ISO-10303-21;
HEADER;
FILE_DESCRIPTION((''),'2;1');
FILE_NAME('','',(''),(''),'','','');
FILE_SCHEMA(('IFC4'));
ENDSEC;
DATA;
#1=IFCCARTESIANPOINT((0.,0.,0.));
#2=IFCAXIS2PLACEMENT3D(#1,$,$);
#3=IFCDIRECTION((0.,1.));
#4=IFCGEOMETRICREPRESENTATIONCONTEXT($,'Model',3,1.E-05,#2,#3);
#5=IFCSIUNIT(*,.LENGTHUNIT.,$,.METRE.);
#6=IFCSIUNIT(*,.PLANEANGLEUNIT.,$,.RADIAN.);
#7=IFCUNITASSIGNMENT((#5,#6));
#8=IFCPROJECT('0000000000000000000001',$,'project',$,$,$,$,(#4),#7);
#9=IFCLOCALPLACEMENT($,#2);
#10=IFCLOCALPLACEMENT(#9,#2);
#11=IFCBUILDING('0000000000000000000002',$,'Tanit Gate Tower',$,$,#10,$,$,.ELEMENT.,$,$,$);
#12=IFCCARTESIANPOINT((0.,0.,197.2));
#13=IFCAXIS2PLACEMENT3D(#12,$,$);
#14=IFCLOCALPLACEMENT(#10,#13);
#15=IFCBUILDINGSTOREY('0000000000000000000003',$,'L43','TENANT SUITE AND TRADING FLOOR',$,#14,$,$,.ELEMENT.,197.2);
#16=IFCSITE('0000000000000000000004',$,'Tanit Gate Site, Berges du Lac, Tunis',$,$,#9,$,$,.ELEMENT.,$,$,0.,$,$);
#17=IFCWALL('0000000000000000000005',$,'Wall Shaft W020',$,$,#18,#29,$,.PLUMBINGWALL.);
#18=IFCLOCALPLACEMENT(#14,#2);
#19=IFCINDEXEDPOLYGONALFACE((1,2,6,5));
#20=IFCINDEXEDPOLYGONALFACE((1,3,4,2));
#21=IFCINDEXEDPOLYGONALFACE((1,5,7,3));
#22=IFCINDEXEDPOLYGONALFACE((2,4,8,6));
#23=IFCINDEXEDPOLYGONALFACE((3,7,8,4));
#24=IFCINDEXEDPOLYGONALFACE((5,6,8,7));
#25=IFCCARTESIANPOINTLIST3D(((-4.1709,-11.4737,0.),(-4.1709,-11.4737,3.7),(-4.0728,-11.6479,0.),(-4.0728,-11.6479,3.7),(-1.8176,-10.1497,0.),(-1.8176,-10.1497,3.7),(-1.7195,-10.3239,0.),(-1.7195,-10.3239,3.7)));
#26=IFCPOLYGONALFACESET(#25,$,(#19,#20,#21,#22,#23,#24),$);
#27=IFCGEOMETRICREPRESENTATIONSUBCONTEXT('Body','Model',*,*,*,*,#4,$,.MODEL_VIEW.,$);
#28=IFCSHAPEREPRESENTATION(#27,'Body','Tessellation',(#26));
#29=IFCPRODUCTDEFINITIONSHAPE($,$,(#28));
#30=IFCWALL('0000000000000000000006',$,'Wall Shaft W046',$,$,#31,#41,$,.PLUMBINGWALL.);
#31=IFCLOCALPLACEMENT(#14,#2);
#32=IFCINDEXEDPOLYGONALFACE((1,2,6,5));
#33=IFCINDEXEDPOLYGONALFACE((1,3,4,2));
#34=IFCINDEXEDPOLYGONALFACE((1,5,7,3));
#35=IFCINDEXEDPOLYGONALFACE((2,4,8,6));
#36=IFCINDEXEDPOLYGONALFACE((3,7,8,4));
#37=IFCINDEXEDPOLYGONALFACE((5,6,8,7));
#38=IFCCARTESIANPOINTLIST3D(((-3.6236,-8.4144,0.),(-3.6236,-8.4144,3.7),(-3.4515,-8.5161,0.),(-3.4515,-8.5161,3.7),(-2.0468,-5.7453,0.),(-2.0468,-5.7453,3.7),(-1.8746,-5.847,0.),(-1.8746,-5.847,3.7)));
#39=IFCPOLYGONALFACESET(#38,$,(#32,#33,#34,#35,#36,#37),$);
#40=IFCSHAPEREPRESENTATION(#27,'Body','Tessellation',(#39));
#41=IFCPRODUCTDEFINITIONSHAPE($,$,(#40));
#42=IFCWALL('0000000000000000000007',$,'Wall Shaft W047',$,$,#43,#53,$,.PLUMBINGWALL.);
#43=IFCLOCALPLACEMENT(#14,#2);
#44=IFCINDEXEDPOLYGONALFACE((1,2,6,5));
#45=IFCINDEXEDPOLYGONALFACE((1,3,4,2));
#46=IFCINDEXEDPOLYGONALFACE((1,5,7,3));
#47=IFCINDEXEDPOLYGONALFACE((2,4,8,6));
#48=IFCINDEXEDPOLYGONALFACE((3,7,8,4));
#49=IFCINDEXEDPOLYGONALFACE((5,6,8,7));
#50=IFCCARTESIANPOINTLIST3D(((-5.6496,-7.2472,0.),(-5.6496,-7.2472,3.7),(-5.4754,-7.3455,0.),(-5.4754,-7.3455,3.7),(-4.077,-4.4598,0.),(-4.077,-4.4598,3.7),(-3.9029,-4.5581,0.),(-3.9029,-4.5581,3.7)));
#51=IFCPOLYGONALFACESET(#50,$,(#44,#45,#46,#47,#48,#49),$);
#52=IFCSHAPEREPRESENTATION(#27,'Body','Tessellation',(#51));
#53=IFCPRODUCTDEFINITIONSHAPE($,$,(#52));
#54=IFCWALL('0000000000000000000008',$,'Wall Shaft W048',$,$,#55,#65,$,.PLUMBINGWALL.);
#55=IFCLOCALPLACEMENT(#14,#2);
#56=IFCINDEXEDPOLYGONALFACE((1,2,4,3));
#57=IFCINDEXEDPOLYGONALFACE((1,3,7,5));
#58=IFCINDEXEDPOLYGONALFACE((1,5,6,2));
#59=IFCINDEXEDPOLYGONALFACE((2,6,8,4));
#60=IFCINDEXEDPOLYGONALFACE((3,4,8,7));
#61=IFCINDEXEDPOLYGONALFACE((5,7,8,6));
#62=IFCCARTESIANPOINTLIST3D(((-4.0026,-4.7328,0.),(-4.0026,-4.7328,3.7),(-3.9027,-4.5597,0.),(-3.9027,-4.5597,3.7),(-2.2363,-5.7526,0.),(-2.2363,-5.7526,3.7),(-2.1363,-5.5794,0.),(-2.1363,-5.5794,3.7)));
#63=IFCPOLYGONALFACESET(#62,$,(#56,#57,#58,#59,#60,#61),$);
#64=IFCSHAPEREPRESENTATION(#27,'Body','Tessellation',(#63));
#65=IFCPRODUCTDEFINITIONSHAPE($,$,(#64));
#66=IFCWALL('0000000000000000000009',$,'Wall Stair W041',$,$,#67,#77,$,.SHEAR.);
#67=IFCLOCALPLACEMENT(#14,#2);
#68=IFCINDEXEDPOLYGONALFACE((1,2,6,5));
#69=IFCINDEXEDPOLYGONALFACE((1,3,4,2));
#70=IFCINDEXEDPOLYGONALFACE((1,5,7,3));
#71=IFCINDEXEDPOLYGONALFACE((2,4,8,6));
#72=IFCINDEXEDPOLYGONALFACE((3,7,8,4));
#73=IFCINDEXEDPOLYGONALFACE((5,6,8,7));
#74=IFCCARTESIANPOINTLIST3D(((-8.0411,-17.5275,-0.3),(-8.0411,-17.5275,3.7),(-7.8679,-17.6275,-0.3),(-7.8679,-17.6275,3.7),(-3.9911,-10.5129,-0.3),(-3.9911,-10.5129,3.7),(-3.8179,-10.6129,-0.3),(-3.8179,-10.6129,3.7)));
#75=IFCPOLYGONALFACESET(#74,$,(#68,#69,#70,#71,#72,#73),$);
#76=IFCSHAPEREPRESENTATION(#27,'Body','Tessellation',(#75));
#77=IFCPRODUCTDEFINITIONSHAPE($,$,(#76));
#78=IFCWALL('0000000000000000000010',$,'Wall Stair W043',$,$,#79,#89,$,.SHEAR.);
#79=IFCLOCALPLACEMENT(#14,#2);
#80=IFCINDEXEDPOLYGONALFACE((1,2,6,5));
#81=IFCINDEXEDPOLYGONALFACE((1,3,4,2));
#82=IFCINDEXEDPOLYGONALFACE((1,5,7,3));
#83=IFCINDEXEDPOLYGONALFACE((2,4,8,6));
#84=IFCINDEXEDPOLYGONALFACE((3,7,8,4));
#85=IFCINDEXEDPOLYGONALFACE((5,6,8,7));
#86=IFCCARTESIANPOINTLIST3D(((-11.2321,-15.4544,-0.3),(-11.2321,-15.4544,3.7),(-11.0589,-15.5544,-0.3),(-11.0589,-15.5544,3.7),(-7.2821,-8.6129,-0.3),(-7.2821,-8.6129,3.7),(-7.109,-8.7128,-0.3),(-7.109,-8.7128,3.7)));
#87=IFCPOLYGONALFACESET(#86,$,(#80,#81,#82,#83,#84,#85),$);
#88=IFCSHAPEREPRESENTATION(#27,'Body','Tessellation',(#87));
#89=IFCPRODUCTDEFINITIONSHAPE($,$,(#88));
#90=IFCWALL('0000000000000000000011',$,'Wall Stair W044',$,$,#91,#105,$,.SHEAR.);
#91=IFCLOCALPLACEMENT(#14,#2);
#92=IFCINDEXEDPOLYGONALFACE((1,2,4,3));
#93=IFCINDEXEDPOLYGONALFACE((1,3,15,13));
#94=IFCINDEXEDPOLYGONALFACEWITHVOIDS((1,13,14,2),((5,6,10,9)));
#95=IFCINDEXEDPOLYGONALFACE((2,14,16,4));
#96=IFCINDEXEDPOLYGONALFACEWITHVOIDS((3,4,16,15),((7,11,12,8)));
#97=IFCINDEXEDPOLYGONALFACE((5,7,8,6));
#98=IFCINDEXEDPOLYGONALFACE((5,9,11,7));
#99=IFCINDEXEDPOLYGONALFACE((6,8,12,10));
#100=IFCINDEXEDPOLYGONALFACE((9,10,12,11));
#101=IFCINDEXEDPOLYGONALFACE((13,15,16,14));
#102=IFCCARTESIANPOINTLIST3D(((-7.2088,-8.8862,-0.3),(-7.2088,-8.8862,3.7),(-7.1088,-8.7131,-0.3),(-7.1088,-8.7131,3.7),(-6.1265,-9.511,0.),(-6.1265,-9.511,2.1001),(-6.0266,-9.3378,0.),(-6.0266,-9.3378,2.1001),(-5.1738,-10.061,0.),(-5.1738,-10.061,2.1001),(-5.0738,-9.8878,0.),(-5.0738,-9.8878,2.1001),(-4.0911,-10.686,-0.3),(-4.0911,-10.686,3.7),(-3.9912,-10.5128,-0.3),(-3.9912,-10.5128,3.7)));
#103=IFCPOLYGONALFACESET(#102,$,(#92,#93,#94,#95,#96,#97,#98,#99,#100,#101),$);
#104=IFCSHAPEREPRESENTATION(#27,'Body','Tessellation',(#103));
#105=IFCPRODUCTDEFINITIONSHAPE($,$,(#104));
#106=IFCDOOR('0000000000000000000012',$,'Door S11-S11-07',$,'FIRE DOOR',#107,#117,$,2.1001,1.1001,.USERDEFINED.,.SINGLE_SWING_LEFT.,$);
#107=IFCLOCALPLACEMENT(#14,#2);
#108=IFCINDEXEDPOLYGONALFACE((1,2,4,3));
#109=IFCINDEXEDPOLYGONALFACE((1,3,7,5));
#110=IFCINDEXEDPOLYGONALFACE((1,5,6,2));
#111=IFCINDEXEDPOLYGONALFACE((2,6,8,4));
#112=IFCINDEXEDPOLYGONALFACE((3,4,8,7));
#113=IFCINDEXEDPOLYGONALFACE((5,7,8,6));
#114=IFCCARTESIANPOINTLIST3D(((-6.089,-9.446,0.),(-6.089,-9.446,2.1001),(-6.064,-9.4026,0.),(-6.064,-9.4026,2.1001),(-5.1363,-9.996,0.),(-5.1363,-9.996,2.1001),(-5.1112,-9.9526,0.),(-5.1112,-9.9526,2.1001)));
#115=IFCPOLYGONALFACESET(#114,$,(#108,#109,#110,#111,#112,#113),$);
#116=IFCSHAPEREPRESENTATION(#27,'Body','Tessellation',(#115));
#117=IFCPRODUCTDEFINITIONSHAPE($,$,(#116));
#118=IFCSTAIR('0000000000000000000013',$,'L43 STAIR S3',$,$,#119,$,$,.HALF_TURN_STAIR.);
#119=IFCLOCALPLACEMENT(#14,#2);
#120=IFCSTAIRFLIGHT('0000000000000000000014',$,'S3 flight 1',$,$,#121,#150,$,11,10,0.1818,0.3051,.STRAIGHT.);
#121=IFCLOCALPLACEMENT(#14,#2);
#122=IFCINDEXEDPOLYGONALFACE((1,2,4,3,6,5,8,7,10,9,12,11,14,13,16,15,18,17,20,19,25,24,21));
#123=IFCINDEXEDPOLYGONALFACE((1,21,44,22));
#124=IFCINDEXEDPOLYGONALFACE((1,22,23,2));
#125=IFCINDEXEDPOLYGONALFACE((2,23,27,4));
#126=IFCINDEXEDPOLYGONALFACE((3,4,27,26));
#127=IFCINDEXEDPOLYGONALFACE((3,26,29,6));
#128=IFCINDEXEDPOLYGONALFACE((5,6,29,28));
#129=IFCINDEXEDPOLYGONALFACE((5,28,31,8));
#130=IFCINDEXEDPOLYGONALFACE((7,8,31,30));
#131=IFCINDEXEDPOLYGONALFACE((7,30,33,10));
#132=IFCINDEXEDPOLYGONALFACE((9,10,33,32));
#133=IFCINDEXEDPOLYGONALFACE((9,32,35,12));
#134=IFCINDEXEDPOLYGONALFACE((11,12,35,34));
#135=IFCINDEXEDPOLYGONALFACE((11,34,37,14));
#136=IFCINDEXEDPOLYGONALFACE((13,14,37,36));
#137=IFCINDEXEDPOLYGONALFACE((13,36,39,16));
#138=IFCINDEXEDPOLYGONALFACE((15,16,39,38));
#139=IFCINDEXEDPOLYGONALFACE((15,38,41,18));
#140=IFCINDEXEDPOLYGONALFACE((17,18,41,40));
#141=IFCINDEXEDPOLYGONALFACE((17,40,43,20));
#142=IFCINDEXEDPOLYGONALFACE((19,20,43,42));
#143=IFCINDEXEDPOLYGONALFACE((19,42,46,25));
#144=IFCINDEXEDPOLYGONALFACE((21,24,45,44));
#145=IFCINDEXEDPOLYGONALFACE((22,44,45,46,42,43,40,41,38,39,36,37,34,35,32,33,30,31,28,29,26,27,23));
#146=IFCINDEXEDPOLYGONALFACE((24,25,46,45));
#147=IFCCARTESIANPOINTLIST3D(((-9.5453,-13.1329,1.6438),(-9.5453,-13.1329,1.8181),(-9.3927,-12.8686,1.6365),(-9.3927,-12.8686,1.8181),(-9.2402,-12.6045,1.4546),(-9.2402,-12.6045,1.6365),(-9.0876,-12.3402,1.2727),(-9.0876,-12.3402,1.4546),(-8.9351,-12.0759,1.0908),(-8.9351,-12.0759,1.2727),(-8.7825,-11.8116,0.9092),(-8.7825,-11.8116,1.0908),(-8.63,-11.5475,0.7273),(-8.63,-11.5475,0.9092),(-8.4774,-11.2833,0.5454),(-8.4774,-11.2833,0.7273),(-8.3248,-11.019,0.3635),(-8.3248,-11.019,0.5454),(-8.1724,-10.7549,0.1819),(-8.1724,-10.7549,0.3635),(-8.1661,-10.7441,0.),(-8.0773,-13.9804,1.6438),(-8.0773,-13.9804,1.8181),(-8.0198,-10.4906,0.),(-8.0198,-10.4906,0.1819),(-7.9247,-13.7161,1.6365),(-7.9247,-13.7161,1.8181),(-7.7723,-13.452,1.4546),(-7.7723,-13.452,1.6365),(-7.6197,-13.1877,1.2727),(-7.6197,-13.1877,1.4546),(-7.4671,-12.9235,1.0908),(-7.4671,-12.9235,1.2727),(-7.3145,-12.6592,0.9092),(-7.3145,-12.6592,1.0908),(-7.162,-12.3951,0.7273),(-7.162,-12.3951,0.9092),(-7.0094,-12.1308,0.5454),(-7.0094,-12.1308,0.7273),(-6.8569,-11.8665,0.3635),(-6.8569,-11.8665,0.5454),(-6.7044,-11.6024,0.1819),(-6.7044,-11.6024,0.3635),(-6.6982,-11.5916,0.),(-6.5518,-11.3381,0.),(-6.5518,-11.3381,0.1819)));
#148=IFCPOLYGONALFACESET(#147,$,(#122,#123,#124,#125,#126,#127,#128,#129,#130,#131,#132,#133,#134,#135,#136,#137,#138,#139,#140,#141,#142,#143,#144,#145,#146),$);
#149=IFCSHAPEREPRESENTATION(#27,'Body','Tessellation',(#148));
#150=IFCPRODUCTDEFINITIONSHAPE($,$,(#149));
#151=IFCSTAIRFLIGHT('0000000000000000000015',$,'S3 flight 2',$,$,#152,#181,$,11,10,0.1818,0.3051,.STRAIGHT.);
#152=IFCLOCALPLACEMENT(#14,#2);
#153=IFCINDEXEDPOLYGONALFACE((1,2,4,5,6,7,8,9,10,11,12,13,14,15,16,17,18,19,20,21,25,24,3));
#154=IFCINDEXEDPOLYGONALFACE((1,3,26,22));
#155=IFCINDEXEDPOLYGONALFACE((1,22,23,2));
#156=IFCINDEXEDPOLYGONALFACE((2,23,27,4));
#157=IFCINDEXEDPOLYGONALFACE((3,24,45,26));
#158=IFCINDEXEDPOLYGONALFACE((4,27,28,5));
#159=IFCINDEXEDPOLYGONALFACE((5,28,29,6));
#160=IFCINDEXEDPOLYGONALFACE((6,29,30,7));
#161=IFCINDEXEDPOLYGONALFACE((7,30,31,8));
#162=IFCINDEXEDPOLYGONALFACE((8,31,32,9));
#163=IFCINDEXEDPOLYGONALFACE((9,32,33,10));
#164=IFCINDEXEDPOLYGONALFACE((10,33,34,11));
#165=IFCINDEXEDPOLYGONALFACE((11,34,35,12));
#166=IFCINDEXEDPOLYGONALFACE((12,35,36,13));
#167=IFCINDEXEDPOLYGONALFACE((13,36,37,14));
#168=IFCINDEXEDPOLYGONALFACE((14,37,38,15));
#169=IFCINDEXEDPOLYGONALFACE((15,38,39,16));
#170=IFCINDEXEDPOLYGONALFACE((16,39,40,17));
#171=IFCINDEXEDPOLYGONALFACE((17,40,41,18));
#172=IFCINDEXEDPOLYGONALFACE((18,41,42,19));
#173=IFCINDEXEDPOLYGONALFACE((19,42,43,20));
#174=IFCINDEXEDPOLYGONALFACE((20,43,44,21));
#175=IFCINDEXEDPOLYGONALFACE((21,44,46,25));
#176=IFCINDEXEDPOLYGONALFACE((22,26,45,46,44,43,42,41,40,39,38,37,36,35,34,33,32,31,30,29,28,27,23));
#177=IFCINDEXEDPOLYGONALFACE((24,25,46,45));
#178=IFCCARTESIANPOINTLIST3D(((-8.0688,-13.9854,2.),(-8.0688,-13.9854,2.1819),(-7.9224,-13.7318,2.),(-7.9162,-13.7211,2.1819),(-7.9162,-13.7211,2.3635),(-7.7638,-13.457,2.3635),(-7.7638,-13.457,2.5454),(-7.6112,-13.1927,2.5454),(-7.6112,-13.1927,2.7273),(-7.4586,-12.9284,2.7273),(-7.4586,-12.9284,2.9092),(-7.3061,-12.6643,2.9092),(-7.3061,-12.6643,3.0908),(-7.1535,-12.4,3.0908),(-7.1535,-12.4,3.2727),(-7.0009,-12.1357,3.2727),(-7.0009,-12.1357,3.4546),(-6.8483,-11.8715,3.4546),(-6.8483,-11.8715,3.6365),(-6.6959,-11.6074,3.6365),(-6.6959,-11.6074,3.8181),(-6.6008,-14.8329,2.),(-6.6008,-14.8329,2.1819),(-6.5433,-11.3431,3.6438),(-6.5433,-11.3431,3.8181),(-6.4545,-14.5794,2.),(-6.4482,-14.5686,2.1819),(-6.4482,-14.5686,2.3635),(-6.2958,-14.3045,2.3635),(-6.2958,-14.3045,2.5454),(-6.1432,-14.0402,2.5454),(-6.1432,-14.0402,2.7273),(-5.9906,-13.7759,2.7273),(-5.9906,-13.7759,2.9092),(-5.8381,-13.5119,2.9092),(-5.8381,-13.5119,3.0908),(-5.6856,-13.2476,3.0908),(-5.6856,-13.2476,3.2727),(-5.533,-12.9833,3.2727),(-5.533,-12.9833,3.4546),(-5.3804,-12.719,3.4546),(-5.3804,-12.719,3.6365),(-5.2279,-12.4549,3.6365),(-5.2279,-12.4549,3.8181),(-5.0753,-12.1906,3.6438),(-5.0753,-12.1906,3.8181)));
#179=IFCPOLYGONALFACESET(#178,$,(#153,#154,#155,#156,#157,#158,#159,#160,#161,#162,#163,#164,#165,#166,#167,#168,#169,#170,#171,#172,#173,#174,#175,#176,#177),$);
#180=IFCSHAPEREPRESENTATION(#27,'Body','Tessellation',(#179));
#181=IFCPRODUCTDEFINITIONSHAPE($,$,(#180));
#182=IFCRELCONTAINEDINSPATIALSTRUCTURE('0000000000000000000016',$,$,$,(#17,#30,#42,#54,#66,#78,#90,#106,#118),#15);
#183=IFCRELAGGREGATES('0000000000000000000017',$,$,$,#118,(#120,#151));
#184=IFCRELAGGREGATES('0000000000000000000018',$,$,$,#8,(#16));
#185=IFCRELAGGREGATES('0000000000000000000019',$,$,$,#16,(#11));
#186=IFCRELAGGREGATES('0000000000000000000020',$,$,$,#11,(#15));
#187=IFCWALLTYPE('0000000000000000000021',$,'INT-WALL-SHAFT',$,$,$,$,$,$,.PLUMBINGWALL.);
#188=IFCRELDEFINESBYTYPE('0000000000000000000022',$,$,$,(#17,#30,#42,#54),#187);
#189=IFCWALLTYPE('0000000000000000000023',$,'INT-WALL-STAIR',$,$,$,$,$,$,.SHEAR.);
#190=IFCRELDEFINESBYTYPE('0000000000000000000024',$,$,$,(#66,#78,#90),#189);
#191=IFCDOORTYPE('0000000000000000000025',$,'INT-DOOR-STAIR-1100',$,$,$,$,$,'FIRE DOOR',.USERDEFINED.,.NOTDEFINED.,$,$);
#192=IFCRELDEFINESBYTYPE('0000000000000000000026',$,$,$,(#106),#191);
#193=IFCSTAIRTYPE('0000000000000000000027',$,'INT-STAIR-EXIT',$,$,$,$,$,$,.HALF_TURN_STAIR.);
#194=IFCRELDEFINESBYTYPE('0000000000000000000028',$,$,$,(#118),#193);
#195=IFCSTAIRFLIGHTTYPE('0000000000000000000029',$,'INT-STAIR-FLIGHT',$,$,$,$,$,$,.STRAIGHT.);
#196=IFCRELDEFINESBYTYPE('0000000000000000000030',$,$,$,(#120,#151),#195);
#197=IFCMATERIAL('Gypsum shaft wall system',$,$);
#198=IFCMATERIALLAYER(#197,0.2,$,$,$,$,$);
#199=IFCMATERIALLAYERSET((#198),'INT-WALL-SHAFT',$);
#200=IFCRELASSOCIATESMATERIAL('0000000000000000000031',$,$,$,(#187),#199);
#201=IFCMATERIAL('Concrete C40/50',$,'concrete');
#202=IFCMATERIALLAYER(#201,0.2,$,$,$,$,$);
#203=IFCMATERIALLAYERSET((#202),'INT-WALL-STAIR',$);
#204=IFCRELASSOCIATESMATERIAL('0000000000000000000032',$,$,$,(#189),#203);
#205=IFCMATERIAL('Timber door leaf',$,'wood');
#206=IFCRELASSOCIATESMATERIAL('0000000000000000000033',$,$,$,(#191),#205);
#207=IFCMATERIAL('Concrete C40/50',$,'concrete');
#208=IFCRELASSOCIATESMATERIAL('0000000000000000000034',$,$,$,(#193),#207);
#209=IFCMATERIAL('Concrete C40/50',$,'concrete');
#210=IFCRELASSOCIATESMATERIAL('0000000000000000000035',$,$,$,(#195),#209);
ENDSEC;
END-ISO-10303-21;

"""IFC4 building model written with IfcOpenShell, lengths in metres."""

from ifc_helpers import new_model, si_unit, direction, frame, frame_2d, origin, place, context, subcontext, project, spatial, polyline, rectangle, outline, extrude, material, layer, layer_set, type_object, element, fill, aggregate, save


model = new_model("IFC4")

# Units and contexts
model_context = context("Model", 3, precision=1e-05, world=origin(), true_north=direction((0.0, 1.0)))
body_context = subcontext(model_context, "Body", "Model", "MODEL_VIEW")
ifc_project = project(units=[si_unit("LENGTHUNIT", "METRE"), si_unit("PLANEANGLEUNIT", "RADIAN")], contexts=[model_context])

# Site, building, storey
site_placement = place(None, origin())
site = spatial("IfcSite", under=ifc_project, at=site_placement, Name="Tanit Gate Site, Berges du Lac, Tunis", CompositionType="ELEMENT", RefElevation=0.0)
building_placement = place(site_placement, origin())
building = spatial("IfcBuilding", under=site, at=building_placement, Name="Tanit Gate Tower", CompositionType="ELEMENT")
storey_placement = place(building_placement, frame((0.0, 0.0, 197.2)))
storey = spatial("IfcBuildingStorey", under=building, at=storey_placement, Name="L43", Description="TENANT SUITE AND TRADING FLOOR", CompositionType="ELEMENT", Elevation=197.2)

# Wall
ifc_material_1 = material(Name="Gypsum shaft wall system")
ifc_layer_1 = layer(ifc_material_1, 0.2)
ifc_layer_set_1 = layer_set([ifc_layer_1], Name="INT-WALL-SHAFT")
wall_type_1 = type_object("IfcWallType", Name="INT-WALL-SHAFT", PredefinedType="PLUMBINGWALL", material=ifc_layer_set_1)
wall_1_placement = place(storey_placement, frame((-1.7686, -10.2368, 0.0), z_axis=(0.0, 0.0, 1.0), x_axis=(-0.871534, -0.490334, 0.0)))
element("IfcWall", 1, at=wall_1_placement, inside=storey, type_object=wall_type_1, Name="Wall Shaft W020", PredefinedType="PLUMBINGWALL", context=body_context, shape_type="SweptSolid", body=[
    extrude(rectangle(XDim=2.7002, YDim=0.2, at=frame_2d((1.3501, 0.0))), origin(), (0.0, 0.0, 1.0), 3.7),
])

# Walls
wall_2_placement = place(storey_placement, frame((-1.9607, -5.7961, 0.0), z_axis=(0.0, 0.0, 1.0), x_axis=(-0.508647, -0.860975, 0.0)))
element("IfcWall", 2, at=wall_2_placement, inside=storey, type_object=wall_type_1, Name="Wall Shaft W046", PredefinedType="PLUMBINGWALL", context=body_context, shape_type="SweptSolid", body=[
    extrude(rectangle(XDim=3.1001, YDim=0.2, at=frame_2d((1.55, 0.0))), origin(), (0.0, 0.0, 1.0), 3.7),
])
wall_3_placement = place(storey_placement, frame((-3.99, -4.509, 0.0), z_axis=(0.0, 0.0, 1.0), x_axis=(-0.491358, -0.870958, 0.0)))
element("IfcWall", 3, at=wall_3_placement, inside=storey, type_object=wall_type_1, Name="Wall Shaft W047", PredefinedType="PLUMBINGWALL", context=body_context, shape_type="SweptSolid", body=[
    extrude(rectangle(XDim=3.2004, YDim=0.2, at=frame_2d((1.6001, 0.0))), origin(), (0.0, 0.0, 1.0), 3.7),
])
wall_4_placement = place(storey_placement, frame((-3.9526, -4.6462, 0.0), z_axis=(0.0, 0.0, 1.0), x_axis=(0.866032, -0.499988, 0.0)))
element("IfcWall", 4, at=wall_4_placement, inside=storey, type_object=wall_type_1, Name="Wall Shaft W048", PredefinedType="PLUMBINGWALL", context=body_context, shape_type="SweptSolid", body=[
    extrude(rectangle(XDim=2.0396, YDim=0.2, at=frame_2d((1.0198, 0.0))), origin(), (0.0, 0.0, 1.0), 3.7),
])
ifc_material_2 = material(Name="Concrete C40/50", Category="concrete")
ifc_layer_2 = layer(ifc_material_2, 0.2)
ifc_layer_set_2 = layer_set([ifc_layer_2], Name="INT-WALL-STAIR")
wall_type_2 = type_object("IfcWallType", Name="INT-WALL-STAIR", PredefinedType="SHEAR", material=ifc_layer_set_2)
wall_5_placement = place(storey_placement, frame((-3.9045, -10.563, -0.3), z_axis=(0.0, 0.0, 1.0), x_axis=(-0.500013, -0.866018, 0.0)))
element("IfcWall", 5, at=wall_5_placement, inside=storey, type_object=wall_type_2, Name="Wall Stair W041", PredefinedType="SHEAR", context=body_context, shape_type="SweptSolid", body=[
    extrude(rectangle(XDim=8.0999, YDim=0.2, at=frame_2d((4.0498, 0.0))), origin(), (0.0, 0.0, 1.0), 4.0),
])
wall_6_placement = place(storey_placement, frame((-7.1956, -8.6628, -0.3), z_axis=(0.0, 0.0, 1.0), x_axis=(-0.499998, -0.866027, 0.0)))
element("IfcWall", 6, at=wall_6_placement, inside=storey, type_object=wall_type_2, Name="Wall Stair W043", PredefinedType="SHEAR", context=body_context, shape_type="SweptSolid", body=[
    extrude(rectangle(XDim=7.8999, YDim=0.2, at=frame_2d((3.95, 0.0))), origin(), (0.0, 0.0, 1.0), 4.0),
])

# Wall, opening, door
wall_7_placement = place(storey_placement, frame((-4.0413, -10.5994, -0.3), z_axis=(0.0, 0.0, 1.0), x_axis=(-0.866048, 0.499961, 0.0)))
wall_7 = element("IfcWall", 7, at=wall_7_placement, inside=storey, type_object=wall_type_2, Name="Wall Stair W044", PredefinedType="SHEAR", context=body_context, shape_type="SweptSolid", body=[
    extrude(rectangle(XDim=3.5999, YDim=0.2, at=frame_2d((1.7998, 0.0))), origin(), (0.0, 0.0, 1.0), 4.0),
])
opening_1_placement = place(wall_7_placement, frame((1.25, 0.0, 0.3)))
opening_1 = element("IfcOpeningElement", 8, at=opening_1_placement, cuts=wall_7, PredefinedType="OPENING", context=body_context, shape_type="SweptSolid", body=[
    extrude(rectangle(XDim=1.1001, YDim=2.1001, at=frame_2d((0.55, 1.05))), frame((0.0, 0.1099, 0.0), z_axis=(0.0, -1.0, 0.0), x_axis=(1.0, 0.0, 0.0)), (0.0, 0.0, 1.0), 0.22),
])
ifc_material_3 = material(Name="Timber door leaf", Category="wood")
door_type_1 = type_object("IfcDoorType", Name="INT-DOOR-STAIR-1100", ElementType="FIRE DOOR", OperationType="NOTDEFINED", PredefinedType="USERDEFINED", material=ifc_material_3)
door_1_placement = place(opening_1_placement, origin())
door_1 = element("IfcDoor", 9, at=door_1_placement, inside=storey, type_object=door_type_1, Name="Door S11-S11-07", ObjectType="FIRE DOOR", OperationType="SINGLE_SWING_LEFT", OverallHeight=2.1001, OverallWidth=1.1001, PredefinedType="USERDEFINED", context=body_context, shape_type="SweptSolid", body=[
    extrude(rectangle(XDim=1.1001, YDim=2.1001, at=frame_2d((0.55, 1.05))), frame((0.0, 0.0249, 0.0), z_axis=(0.0, -1.0, 0.0), x_axis=(1.0, 0.0, 0.0)), (0.0, 0.0, 1.0), 0.05),
])
fill(opening_1, door_1)

# Stair, stair flights
ifc_material_4 = material(Name="Concrete C40/50", Category="concrete")
stair_type = type_object("IfcStairType", Name="INT-STAIR-EXIT", PredefinedType="HALF_TURN_STAIR", material=ifc_material_4)
stair_placement = place(storey_placement, origin())
stair = element("IfcStair", 10, at=stair_placement, inside=storey, type_object=stair_type, Name="L43 STAIR S3", PredefinedType="HALF_TURN_STAIR")
ifc_material_5 = material(Name="Concrete C40/50", Category="concrete")
stair_flight_type = type_object("IfcStairFlightType", Name="INT-STAIR-FLIGHT", PredefinedType="STRAIGHT", material=ifc_material_5)
stair_flight_1_placement = place(storey_placement, frame((-7.2859, -10.9143, 0.0), z_axis=(0.0, 0.0, 1.0), x_axis=(-0.5, -0.866025, 0.0)))
stair_flight_1 = element("IfcStairFlight", 11, at=stair_flight_1_placement, type_object=stair_flight_type, Name="S3 flight 1", NumberOfRisers=11, NumberOfTreads=10, PredefinedType="STRAIGHT", RiserHeight=0.1818, TreadLength=0.3051, context=body_context, shape_type="SweptSolid", body=[
    extrude(outline(polyline([(0.0, 0.0), (0.0, 0.1819), (0.3052, 0.1819), (0.3052, 0.3635), (0.6101, 0.3635), (0.6101, 0.5454), (0.9153, 0.5454), (0.9153, 0.7273), (1.2205, 0.7273), (1.2205, 0.9092), (1.5254, 0.9092), (1.5254, 1.0908), (1.8306, 1.0908), (1.8306, 1.2727), (2.1357, 1.2727), (2.1357, 1.4546), (2.4409, 1.4546), (2.4409, 1.6365), (2.7458, 1.6365), (2.7458, 1.8181), (3.051, 1.8181), (3.051, 2.0), (3.051, 1.6438), (0.2927, 0.0), (0.0, 0.0)])), frame((0.0, 0.8477, 0.0), z_axis=(0.0, -1.0, 0.0), x_axis=(1.0, 0.0, 0.0)), (0.0, 0.0, 1.0), 1.6951),
])
stair_flight_2_placement = place(storey_placement, frame((-7.3347, -14.4092, 2.0), z_axis=(0.0, 0.0, 1.0), x_axis=(0.5, 0.866025, 0.0)))
stair_flight_2 = element("IfcStairFlight", 12, at=stair_flight_2_placement, type_object=stair_flight_type, Name="S3 flight 2", NumberOfRisers=11, NumberOfTreads=10, PredefinedType="STRAIGHT", RiserHeight=0.1818, TreadLength=0.3051, context=body_context, shape_type="SweptSolid", body=[
    extrude(outline(polyline([(0.0, 0.0), (0.0, 0.1819), (0.3052, 0.1819), (0.3052, 0.3635), (0.6101, 0.3635), (0.6101, 0.5454), (0.9153, 0.5454), (0.9153, 0.7273), (1.2205, 0.7273), (1.2205, 0.9092), (1.5254, 0.9092), (1.5254, 1.0908), (1.8306, 1.0908), (1.8306, 1.2727), (2.1357, 1.2727), (2.1357, 1.4546), (2.4409, 1.4546), (2.4409, 1.6365), (2.7458, 1.6365), (2.7458, 1.8181), (3.051, 1.8181), (3.051, 2.0), (3.051, 1.6438), (0.2927, 0.0), (0.0, 0.0)])), frame((0.0, 0.8477, 0.0), z_axis=(0.0, -1.0, 0.0), x_axis=(1.0, 0.0, 0.0)), (0.0, 0.0, 1.0), 1.6951),
])
aggregate(stair, [stair_flight_1, stair_flight_2])

save(model, "model.ifc")
